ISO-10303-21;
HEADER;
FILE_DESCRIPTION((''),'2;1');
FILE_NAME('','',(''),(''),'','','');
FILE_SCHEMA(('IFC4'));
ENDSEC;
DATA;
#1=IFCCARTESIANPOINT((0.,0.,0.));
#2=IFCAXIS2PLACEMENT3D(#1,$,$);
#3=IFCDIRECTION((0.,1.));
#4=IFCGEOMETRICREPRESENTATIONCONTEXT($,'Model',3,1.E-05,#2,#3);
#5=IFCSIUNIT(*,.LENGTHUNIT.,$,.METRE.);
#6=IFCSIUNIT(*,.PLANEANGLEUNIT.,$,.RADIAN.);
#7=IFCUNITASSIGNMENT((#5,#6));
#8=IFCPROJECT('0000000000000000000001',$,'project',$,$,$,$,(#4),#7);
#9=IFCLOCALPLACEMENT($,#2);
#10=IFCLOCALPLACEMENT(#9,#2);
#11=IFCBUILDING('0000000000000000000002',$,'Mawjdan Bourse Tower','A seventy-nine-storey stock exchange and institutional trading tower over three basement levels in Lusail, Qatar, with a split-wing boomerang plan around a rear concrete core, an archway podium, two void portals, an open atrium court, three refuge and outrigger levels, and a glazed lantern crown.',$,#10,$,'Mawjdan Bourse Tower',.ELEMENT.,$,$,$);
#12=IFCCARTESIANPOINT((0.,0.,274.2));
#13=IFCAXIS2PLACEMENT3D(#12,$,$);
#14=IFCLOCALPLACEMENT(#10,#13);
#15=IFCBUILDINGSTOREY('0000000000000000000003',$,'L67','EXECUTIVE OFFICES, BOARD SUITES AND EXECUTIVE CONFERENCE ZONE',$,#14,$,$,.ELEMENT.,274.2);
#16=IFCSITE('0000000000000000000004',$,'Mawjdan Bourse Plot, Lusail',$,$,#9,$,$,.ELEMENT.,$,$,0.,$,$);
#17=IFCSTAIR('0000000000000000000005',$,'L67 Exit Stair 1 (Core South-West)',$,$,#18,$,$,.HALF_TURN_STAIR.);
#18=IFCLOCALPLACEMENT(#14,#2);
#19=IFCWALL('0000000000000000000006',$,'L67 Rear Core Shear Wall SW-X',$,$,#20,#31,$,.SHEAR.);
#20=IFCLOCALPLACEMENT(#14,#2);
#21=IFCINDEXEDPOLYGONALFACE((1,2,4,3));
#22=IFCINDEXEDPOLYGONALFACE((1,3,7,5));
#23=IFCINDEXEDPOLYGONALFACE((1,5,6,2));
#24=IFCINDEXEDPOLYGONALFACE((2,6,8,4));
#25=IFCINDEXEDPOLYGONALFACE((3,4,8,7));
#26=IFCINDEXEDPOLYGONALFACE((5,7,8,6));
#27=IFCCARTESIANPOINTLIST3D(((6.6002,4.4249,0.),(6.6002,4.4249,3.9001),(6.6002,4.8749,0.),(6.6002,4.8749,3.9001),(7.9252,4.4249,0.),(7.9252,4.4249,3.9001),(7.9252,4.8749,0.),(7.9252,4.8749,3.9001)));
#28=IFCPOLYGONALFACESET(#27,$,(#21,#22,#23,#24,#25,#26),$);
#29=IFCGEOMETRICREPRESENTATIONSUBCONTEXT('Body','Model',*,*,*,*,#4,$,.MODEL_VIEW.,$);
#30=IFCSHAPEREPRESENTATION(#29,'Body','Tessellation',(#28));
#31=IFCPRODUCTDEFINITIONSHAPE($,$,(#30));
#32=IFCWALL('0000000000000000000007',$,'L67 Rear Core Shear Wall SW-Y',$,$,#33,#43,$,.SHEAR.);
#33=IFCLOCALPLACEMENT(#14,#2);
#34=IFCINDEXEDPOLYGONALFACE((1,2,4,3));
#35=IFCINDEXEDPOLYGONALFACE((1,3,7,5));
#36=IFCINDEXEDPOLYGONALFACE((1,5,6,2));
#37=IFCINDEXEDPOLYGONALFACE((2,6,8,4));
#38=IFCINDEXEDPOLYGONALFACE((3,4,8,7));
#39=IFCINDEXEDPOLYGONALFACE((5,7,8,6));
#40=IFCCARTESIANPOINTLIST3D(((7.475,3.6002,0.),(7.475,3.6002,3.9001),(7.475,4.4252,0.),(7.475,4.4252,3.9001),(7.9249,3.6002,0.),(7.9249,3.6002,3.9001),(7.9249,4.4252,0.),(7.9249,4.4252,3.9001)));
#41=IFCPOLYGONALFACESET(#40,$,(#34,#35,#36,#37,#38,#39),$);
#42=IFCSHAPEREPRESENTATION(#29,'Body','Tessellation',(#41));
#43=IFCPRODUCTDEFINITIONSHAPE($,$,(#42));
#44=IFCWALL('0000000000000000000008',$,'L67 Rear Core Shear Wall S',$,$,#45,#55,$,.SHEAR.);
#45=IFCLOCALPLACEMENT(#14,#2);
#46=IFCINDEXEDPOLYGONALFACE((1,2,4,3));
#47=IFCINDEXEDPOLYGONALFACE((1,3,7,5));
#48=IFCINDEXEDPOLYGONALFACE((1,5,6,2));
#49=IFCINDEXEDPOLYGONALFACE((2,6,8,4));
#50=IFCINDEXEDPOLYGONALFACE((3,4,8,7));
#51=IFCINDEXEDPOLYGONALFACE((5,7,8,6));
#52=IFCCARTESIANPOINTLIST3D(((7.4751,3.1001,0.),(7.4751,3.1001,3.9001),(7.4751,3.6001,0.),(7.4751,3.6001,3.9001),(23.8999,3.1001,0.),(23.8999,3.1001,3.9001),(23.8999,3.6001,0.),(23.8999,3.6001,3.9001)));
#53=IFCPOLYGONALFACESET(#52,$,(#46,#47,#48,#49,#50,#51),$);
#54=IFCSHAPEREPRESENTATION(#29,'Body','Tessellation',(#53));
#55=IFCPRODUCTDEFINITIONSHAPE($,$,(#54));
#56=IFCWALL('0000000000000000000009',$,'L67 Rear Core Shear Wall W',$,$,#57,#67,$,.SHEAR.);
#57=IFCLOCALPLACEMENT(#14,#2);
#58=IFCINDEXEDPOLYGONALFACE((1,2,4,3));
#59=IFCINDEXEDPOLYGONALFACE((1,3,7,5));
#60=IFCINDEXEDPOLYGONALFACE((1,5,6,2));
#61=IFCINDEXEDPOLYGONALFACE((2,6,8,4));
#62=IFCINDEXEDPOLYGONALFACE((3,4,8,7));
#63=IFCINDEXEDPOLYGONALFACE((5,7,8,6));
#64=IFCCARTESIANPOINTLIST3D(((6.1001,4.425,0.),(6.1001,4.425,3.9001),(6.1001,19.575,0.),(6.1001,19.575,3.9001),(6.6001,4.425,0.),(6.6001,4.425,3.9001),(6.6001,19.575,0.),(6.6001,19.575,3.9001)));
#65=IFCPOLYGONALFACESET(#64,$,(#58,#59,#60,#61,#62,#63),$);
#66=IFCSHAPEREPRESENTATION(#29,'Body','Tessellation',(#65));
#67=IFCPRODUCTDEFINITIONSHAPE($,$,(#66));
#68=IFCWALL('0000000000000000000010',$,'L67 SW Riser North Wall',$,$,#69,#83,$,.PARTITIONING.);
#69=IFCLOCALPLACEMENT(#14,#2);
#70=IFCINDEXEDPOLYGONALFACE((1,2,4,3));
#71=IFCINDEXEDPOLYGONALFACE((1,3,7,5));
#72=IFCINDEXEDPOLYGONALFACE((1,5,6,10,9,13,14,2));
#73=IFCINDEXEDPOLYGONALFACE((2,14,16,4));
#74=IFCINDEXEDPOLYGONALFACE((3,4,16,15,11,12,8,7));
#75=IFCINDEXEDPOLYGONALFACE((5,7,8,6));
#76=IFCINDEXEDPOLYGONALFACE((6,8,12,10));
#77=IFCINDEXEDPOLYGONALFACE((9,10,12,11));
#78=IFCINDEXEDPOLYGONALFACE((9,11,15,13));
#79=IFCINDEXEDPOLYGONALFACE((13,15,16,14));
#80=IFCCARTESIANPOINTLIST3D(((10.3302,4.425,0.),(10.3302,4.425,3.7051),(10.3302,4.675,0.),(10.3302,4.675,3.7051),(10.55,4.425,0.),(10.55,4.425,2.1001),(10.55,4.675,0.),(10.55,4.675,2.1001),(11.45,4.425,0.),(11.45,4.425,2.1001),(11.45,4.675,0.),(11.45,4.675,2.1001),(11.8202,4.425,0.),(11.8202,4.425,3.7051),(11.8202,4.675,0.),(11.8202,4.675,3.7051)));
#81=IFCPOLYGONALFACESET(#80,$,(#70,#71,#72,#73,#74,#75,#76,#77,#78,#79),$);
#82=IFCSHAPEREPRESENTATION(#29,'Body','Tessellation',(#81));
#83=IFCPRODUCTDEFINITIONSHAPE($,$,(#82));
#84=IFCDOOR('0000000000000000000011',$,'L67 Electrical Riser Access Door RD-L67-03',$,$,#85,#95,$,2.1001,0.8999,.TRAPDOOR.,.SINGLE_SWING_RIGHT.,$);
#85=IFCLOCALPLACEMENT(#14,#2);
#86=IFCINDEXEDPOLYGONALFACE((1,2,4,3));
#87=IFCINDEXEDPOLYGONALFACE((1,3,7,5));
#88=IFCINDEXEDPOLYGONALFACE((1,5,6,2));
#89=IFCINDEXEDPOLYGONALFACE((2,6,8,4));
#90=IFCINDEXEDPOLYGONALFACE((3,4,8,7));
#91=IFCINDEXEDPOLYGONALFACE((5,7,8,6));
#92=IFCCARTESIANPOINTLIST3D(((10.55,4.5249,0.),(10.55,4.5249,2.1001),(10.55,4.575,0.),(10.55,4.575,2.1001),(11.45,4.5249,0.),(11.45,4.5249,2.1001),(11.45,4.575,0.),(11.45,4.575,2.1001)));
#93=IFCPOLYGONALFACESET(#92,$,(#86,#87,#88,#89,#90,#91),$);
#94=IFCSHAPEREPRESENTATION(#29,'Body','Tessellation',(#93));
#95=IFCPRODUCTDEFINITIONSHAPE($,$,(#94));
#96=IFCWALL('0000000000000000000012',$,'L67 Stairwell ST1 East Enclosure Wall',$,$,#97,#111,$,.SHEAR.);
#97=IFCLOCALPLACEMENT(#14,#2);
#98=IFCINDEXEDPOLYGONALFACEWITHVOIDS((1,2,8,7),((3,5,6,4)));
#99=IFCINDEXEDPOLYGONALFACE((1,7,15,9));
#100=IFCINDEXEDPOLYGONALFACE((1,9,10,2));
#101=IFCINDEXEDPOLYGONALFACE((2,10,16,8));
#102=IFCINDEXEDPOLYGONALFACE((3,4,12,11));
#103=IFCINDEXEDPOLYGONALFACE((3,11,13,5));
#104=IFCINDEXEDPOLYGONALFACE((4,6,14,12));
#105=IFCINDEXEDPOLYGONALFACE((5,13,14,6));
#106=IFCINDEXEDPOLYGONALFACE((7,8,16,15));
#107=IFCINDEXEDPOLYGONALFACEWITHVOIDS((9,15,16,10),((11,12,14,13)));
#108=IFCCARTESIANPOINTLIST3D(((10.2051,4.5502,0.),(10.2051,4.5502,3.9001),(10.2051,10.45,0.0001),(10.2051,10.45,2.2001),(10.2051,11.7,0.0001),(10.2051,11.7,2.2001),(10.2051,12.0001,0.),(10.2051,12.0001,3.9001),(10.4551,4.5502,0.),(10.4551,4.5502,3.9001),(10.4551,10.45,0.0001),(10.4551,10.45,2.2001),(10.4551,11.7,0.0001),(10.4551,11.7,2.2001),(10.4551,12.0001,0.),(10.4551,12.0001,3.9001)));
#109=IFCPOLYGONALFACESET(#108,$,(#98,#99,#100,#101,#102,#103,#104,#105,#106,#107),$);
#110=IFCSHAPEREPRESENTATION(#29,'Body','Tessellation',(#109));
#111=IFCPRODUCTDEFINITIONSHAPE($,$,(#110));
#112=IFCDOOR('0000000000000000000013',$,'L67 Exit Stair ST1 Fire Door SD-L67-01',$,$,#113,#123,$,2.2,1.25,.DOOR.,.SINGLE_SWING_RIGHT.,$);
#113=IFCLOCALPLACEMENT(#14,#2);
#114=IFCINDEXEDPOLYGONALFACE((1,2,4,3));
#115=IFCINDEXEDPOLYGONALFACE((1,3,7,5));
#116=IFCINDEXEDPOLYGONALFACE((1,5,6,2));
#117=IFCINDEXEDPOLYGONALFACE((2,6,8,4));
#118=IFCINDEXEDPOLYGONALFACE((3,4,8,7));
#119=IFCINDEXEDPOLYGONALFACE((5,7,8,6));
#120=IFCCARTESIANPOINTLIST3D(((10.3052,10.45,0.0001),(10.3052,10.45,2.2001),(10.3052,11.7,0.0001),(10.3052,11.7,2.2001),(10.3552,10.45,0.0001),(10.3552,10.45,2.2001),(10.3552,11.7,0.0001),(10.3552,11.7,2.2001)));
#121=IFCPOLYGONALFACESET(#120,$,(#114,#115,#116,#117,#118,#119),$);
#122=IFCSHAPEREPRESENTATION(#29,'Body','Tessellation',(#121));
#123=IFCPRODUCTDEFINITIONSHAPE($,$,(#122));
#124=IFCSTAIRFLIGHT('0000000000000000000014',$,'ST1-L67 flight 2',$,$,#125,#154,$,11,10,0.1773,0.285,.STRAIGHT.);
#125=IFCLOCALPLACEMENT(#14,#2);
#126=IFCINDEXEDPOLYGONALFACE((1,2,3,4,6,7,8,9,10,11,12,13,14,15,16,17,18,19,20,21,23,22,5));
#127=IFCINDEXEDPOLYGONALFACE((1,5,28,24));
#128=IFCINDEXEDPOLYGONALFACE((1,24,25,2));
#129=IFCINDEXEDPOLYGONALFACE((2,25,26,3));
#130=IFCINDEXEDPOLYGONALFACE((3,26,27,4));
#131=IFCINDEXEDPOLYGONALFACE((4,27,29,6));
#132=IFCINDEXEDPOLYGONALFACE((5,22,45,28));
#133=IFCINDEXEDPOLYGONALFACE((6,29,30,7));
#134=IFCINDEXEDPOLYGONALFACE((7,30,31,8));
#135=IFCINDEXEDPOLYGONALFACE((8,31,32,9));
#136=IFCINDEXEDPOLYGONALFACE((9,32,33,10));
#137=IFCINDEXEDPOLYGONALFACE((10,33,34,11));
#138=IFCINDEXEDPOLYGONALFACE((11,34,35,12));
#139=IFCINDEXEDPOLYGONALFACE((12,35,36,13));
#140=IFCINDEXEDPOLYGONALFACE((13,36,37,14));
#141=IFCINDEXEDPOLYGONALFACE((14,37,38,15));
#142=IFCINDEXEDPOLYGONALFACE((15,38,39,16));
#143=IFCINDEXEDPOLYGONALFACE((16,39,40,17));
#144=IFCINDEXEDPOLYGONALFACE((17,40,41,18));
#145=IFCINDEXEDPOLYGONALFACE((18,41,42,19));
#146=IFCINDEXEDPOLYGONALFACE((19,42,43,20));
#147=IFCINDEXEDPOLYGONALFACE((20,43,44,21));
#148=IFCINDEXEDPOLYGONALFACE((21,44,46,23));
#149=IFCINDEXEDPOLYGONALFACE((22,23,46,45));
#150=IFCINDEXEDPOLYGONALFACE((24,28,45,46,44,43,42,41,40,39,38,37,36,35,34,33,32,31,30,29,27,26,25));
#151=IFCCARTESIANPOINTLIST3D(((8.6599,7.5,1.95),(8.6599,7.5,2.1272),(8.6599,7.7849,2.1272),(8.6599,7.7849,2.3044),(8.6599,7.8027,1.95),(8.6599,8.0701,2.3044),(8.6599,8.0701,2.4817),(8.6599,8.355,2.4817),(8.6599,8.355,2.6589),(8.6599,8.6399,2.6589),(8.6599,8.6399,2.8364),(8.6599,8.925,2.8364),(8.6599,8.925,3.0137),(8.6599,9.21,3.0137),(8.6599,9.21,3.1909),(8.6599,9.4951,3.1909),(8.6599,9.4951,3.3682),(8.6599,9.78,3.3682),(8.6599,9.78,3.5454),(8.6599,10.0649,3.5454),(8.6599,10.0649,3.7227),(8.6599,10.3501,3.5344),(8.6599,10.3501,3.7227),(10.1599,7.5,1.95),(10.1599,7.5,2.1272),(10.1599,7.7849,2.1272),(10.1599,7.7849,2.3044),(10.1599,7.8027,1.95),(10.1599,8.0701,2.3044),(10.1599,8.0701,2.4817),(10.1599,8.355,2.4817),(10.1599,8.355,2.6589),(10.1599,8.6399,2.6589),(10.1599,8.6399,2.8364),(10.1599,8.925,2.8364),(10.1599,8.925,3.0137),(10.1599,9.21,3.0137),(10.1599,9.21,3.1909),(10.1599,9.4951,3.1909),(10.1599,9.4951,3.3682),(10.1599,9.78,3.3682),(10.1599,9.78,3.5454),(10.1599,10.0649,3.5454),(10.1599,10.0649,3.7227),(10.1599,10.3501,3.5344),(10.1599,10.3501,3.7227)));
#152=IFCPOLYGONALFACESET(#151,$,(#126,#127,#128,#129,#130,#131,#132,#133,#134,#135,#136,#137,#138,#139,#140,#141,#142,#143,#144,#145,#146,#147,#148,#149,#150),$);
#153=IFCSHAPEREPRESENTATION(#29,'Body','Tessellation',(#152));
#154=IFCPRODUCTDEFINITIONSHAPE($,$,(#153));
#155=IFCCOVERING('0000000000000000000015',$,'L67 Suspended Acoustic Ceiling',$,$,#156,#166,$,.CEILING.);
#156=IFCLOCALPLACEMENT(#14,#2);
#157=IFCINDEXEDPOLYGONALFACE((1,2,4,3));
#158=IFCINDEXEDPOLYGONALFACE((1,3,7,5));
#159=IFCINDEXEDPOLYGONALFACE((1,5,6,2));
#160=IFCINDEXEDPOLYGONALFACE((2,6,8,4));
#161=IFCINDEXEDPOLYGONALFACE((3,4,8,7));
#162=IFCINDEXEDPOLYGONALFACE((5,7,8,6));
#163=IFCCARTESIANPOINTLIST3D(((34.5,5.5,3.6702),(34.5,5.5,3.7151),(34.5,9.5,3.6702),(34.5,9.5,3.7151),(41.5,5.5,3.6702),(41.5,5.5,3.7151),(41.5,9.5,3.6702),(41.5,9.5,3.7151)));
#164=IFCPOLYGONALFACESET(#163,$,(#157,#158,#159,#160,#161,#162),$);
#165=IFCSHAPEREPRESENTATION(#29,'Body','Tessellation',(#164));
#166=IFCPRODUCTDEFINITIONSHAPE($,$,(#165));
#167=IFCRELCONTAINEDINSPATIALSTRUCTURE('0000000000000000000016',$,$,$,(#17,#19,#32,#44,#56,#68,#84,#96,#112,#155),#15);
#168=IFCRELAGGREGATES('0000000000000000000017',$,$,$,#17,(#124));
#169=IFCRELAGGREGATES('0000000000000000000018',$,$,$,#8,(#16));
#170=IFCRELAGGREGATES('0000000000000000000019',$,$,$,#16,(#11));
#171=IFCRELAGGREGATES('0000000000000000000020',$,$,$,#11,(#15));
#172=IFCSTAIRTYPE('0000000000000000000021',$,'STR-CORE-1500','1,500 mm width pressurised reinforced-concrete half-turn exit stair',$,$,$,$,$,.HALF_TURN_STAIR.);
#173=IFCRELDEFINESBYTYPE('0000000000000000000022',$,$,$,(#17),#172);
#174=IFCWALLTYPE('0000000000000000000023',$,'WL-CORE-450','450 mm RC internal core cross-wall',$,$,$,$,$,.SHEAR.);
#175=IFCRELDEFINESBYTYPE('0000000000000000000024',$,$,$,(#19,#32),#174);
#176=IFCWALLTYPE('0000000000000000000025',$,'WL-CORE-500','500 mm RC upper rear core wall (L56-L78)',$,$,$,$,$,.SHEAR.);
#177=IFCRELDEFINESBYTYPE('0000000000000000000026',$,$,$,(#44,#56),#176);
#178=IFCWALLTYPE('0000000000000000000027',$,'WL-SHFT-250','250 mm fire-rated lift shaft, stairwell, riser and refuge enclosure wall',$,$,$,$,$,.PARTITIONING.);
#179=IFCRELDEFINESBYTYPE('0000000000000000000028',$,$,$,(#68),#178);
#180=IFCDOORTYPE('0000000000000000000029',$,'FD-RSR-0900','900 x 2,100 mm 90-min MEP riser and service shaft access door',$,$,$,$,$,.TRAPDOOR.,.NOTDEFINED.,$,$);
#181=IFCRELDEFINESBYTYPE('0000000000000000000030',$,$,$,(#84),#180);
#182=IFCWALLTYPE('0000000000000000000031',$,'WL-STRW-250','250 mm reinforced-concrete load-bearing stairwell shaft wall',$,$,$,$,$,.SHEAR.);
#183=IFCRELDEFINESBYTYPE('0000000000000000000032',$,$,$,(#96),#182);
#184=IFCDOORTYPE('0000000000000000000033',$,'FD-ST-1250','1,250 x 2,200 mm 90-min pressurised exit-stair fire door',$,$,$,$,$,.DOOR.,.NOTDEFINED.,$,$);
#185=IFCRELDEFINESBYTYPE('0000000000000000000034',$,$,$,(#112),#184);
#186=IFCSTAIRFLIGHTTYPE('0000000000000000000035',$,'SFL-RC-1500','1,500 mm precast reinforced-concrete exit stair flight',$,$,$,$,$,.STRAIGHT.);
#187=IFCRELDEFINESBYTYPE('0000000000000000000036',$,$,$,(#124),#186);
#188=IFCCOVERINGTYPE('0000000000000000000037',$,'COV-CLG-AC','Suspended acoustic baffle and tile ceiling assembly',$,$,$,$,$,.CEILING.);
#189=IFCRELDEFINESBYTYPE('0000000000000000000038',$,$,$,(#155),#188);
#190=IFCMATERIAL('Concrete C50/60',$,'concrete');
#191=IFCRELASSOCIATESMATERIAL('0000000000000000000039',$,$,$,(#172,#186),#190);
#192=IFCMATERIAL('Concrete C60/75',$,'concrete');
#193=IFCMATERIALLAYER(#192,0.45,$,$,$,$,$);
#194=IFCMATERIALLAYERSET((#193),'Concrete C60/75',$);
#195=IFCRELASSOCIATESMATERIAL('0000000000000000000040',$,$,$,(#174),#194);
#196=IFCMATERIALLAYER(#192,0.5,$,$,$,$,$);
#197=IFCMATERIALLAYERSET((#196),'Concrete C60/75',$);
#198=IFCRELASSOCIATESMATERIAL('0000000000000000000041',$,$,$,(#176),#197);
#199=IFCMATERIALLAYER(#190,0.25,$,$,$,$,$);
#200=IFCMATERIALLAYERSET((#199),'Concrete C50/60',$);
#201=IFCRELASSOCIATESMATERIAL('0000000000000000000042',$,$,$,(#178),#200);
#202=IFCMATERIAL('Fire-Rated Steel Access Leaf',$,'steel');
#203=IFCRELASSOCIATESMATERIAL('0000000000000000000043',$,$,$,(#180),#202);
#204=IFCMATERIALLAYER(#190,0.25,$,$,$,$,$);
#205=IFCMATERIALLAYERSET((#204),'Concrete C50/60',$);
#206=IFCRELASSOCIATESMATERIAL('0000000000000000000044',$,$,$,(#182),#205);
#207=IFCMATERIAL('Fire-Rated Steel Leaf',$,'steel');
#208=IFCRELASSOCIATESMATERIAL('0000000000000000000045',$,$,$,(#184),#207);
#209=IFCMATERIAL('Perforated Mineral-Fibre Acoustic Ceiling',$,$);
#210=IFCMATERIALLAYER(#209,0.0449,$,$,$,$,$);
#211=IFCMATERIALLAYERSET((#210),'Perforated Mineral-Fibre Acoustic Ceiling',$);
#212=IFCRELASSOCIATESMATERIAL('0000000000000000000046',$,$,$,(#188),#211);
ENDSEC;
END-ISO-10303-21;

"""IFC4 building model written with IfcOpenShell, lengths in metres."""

from ifc_helpers import new_model, si_unit, direction, frame, frame_2d, origin, place, context, subcontext, project, spatial, polyline, rectangle, outline, extrude, material, layer, layer_set, type_object, element, fill, aggregate, save


model = new_model("IFC4")

# Units and contexts
model_context = context("Model", 3, precision=1e-05, world=origin(), true_north=direction((0.0, 1.0)))
body_context = subcontext(model_context, "Body", "Model", "MODEL_VIEW")
ifc_project = project(units=[si_unit("LENGTHUNIT", "METRE"), si_unit("PLANEANGLEUNIT", "RADIAN")], contexts=[model_context])

# Site, building, storey
site_placement = place(None, origin())
site = spatial("IfcSite", under=ifc_project, at=site_placement, Name="Mawjdan Bourse Plot, Lusail", CompositionType="ELEMENT", RefElevation=0.0)
building_placement = place(site_placement, origin())
building = spatial("IfcBuilding", under=site, at=building_placement, Name="Mawjdan Bourse Tower", Description="A seventy-nine-storey stock exchange and institutional trading tower over three basement levels in Lusail, Qatar, with a split-wing boomerang plan around a rear concrete core, an archway podium, two void portals, an open atrium court, three refuge and outrigger levels, and a glazed lantern crown.", LongName="Mawjdan Bourse Tower", CompositionType="ELEMENT")
storey_placement = place(building_placement, frame((0.0, 0.0, 274.2)))
storey = spatial("IfcBuildingStorey", under=building, at=storey_placement, Name="L67", Description="EXECUTIVE OFFICES, BOARD SUITES AND EXECUTIVE CONFERENCE ZONE", CompositionType="ELEMENT", Elevation=274.2)

# Stair
ifc_material_1 = material(Name="Concrete C50/60", Category="concrete")
stair_type = type_object("IfcStairType", Name="STR-CORE-1500", Description="1,500 mm width pressurised reinforced-concrete half-turn exit stair", PredefinedType="HALF_TURN_STAIR", material=ifc_material_1)
stair_1_placement = place(storey_placement, origin())
stair_1 = element("IfcStair", 1, at=stair_1_placement, inside=storey, type_object=stair_type, Name="L67 Exit Stair 1 (Core South-West)", PredefinedType="HALF_TURN_STAIR")

# Walls
ifc_material_2 = material(Name="Concrete C60/75", Category="concrete")
ifc_layer_1 = layer(ifc_material_2, 0.45)
ifc_layer_set_1 = layer_set([ifc_layer_1], Name="Concrete C60/75")
wall_type_1 = type_object("IfcWallType", Name="WL-CORE-450", Description="450 mm RC internal core cross-wall", PredefinedType="SHEAR", material=ifc_layer_set_1)
wall_1_placement = place(storey_placement, frame((6.6001, 4.6499, 0.0), z_axis=(0.0, 0.0, 1.0), x_axis=(1.0, 0.0, 0.0)))
element("IfcWall", 2, at=wall_1_placement, inside=storey, type_object=wall_type_1, Name="L67 Rear Core Shear Wall SW-X", PredefinedType="SHEAR", context=body_context, shape_type="SweptSolid", body=[
    extrude(rectangle(XDim=1.325, YDim=0.45, at=frame_2d((0.6626, 0.0))), origin(), (0.0, 0.0, 1.0), 3.9001),
])
wall_2_placement = place(storey_placement, frame((7.7, 3.6001, 0.0), z_axis=(0.0, 0.0, 1.0), x_axis=(0.0, 1.0, 0.0)))
element("IfcWall", 3, at=wall_2_placement, inside=storey, type_object=wall_type_1, Name="L67 Rear Core Shear Wall SW-Y", PredefinedType="SHEAR", context=body_context, shape_type="SweptSolid", body=[
    extrude(rectangle(XDim=0.825, YDim=0.45, at=frame_2d((0.4126, 0.0))), origin(), (0.0, 0.0, 1.0), 3.9001),
])
ifc_layer_2 = layer(ifc_material_2, 0.5)
ifc_layer_set_2 = layer_set([ifc_layer_2], Name="Concrete C60/75")
wall_type_2 = type_object("IfcWallType", Name="WL-CORE-500", Description="500 mm RC upper rear core wall (L56-L78)", PredefinedType="SHEAR", material=ifc_layer_set_2)
wall_3_placement = place(storey_placement, frame((7.4751, 3.3501, 0.0), z_axis=(0.0, 0.0, 1.0), x_axis=(1.0, 0.0, 0.0)))
element("IfcWall", 4, at=wall_3_placement, inside=storey, type_object=wall_type_2, Name="L67 Rear Core Shear Wall S", PredefinedType="SHEAR", context=body_context, shape_type="SweptSolid", body=[
    extrude(rectangle(XDim=16.4248, YDim=0.5, at=frame_2d((8.2124, 0.0))), origin(), (0.0, 0.0, 1.0), 3.9001),
])
wall_4_placement = place(storey_placement, frame((6.3501, 4.425, 0.0), z_axis=(0.0, 0.0, 1.0), x_axis=(0.0, 1.0, 0.0)))
element("IfcWall", 5, at=wall_4_placement, inside=storey, type_object=wall_type_2, Name="L67 Rear Core Shear Wall W", PredefinedType="SHEAR", context=body_context, shape_type="SweptSolid", body=[
    extrude(rectangle(XDim=15.1499, YDim=0.5, at=frame_2d((7.575, 0.0))), origin(), (0.0, 0.0, 1.0), 3.9001),
])

# Wall, opening, door
ifc_layer_3 = layer(ifc_material_1, 0.25)
ifc_layer_set_3 = layer_set([ifc_layer_3], Name="Concrete C50/60")
wall_type_3 = type_object("IfcWallType", Name="WL-SHFT-250", Description="250 mm fire-rated lift shaft, stairwell, riser and refuge enclosure wall", PredefinedType="PARTITIONING", material=ifc_layer_set_3)
wall_5_placement = place(storey_placement, frame((10.3301, 4.55, 0.0), z_axis=(0.0, 0.0, 1.0), x_axis=(1.0, 0.0, 0.0)))
wall_5 = element("IfcWall", 6, at=wall_5_placement, inside=storey, type_object=wall_type_3, Name="L67 SW Riser North Wall", PredefinedType="PARTITIONING", context=body_context, shape_type="SweptSolid", body=[
    extrude(rectangle(XDim=1.49, YDim=0.25, at=frame_2d((0.7451, 0.0))), origin(), (0.0, 0.0, 1.0), 3.7051),
])
opening_1_placement = place(wall_5_placement, frame((0.22, 0.0, 0.0)))
opening_1 = element("IfcOpeningElement", 7, at=opening_1_placement, cuts=wall_5, PredefinedType="OPENING", context=body_context, shape_type="SweptSolid", body=[
    extrude(rectangle(XDim=0.8999, YDim=2.1001, at=frame_2d((0.45, 1.05))), frame((0.0, 0.135, 0.0), z_axis=(0.0, -1.0, 0.0), x_axis=(1.0, 0.0, 0.0)), (0.0, 0.0, 1.0), 0.27),
])
ifc_material_3 = material(Name="Fire-Rated Steel Access Leaf", Category="steel")
door_type_1 = type_object("IfcDoorType", Name="FD-RSR-0900", Description="900 x 2,100 mm 90-min MEP riser and service shaft access door", OperationType="NOTDEFINED", PredefinedType="TRAPDOOR", material=ifc_material_3)
door_1_placement = place(opening_1_placement, origin())
door_1 = element("IfcDoor", 8, at=door_1_placement, inside=storey, type_object=door_type_1, Name="L67 Electrical Riser Access Door RD-L67-03", OperationType="SINGLE_SWING_RIGHT", OverallHeight=2.1001, OverallWidth=0.8999, PredefinedType="TRAPDOOR", context=body_context, shape_type="SweptSolid", body=[
    extrude(rectangle(XDim=0.8999, YDim=2.1001, at=frame_2d((0.45, 1.05))), frame((0.0, 0.0249, 0.0), z_axis=(0.0, -1.0, 0.0), x_axis=(1.0, 0.0, 0.0)), (0.0, 0.0, 1.0), 0.05),
])
fill(opening_1, door_1)

# Shared definitions
ifc_layer_4 = layer(ifc_material_1, 0.25)
ifc_layer_set_4 = layer_set([ifc_layer_4], Name="Concrete C50/60")
wall_type_4 = type_object("IfcWallType", Name="WL-STRW-250", Description="250 mm reinforced-concrete load-bearing stairwell shaft wall", PredefinedType="SHEAR", material=ifc_layer_set_4)

# Wall, opening, door
wall_6_placement = place(storey_placement, frame((10.3301, 4.55, 0.0), z_axis=(0.0, 0.0, 1.0), x_axis=(0.0, 1.0, 0.0)))
wall_6 = element("IfcWall", 9, at=wall_6_placement, inside=storey, type_object=wall_type_4, Name="L67 Stairwell ST1 East Enclosure Wall", PredefinedType="SHEAR", context=body_context, shape_type="SweptSolid", body=[
    extrude(rectangle(XDim=7.45, YDim=0.25, at=frame_2d((3.7251, 0.0))), origin(), (0.0, 0.0, 1.0), 3.9001),
])
opening_2_placement = place(wall_6_placement, frame((5.8999, 0.0, 0.0)))
opening_2 = element("IfcOpeningElement", 10, at=opening_2_placement, cuts=wall_6, PredefinedType="OPENING", context=body_context, shape_type="SweptSolid", body=[
    extrude(rectangle(XDim=1.25, YDim=2.2, at=frame_2d((0.625, 1.1001))), frame((0.0, 0.135, 0.0), z_axis=(0.0, -1.0, 0.0), x_axis=(1.0, 0.0, 0.0)), (0.0, 0.0, 1.0), 0.27),
])
ifc_material_4 = material(Name="Fire-Rated Steel Leaf", Category="steel")
door_type_2 = type_object("IfcDoorType", Name="FD-ST-1250", Description="1,250 x 2,200 mm 90-min pressurised exit-stair fire door", OperationType="NOTDEFINED", PredefinedType="DOOR", material=ifc_material_4)
door_2_placement = place(opening_2_placement, origin())
door_2 = element("IfcDoor", 11, at=door_2_placement, inside=storey, type_object=door_type_2, Name="L67 Exit Stair ST1 Fire Door SD-L67-01", OperationType="SINGLE_SWING_RIGHT", OverallHeight=2.2, OverallWidth=1.25, PredefinedType="DOOR", context=body_context, shape_type="SweptSolid", body=[
    extrude(rectangle(XDim=1.25, YDim=2.2, at=frame_2d((0.625, 1.1001))), frame((0.0, 0.0249, 0.0), z_axis=(0.0, -1.0, 0.0), x_axis=(1.0, 0.0, 0.0)), (0.0, 0.0, 1.0), 0.05),
])
fill(opening_2, door_2)

# Stair flight
stair_flight_type = type_object("IfcStairFlightType", Name="SFL-RC-1500", Description="1,500 mm precast reinforced-concrete exit stair flight", PredefinedType="STRAIGHT", material=ifc_material_1)
stair_flight_placement = place(storey_placement, frame((9.4099, 7.5, 1.95), z_axis=(0.0, 0.0, 1.0), x_axis=(0.0, 1.0, 0.0)))
stair_flight = element("IfcStairFlight", 12, at=stair_flight_placement, type_object=stair_flight_type, Name="ST1-L67 flight 2", NumberOfRisers=11, NumberOfTreads=10, PredefinedType="STRAIGHT", RiserHeight=0.1773, TreadLength=0.285, context=body_context, shape_type="SweptSolid", body=[
    extrude(outline(polyline([(0.0, 0.0), (0.0, 0.1772), (0.2849, 0.1772), (0.2849, 0.3545), (0.5701, 0.3545), (0.5701, 0.5317), (0.855, 0.5317), (0.855, 0.709), (1.1399, 0.709), (1.1399, 0.8865), (1.425, 0.8865), (1.425, 1.0637), (1.71, 1.0637), (1.71, 1.241), (1.9951, 1.241), (1.9951, 1.4182), (2.28, 1.4182), (2.28, 1.5955), (2.5649, 1.5955), (2.5649, 1.7727), (2.8501, 1.7727), (2.8501, 1.95), (2.8501, 1.5845), (0.3027, 0.0), (0.0, 0.0)])), frame((0.0, 0.75, 0.0), z_axis=(0.0, -1.0, 0.0), x_axis=(1.0, 0.0, 0.0)), (0.0, 0.0, 1.0), 1.5),
])
aggregate(stair_1, [stair_flight])

# Covering
ifc_material_5 = material(Name="Perforated Mineral-Fibre Acoustic Ceiling")
ifc_layer_5 = layer(ifc_material_5, 0.0449)
ifc_layer_set_5 = layer_set([ifc_layer_5], Name="Perforated Mineral-Fibre Acoustic Ceiling")
covering_type = type_object("IfcCoveringType", Name="COV-CLG-AC", Description="Suspended acoustic baffle and tile ceiling assembly", PredefinedType="CEILING", material=ifc_layer_set_5)
covering_placement = place(storey_placement, frame((0.0, 0.0, 3.6702)))
element("IfcCovering", 13, at=covering_placement, inside=storey, type_object=covering_type, Name="L67 Suspended Acoustic Ceiling", PredefinedType="CEILING", context=body_context, shape_type="SweptSolid", body=[
    extrude(outline(polyline([(34.5, 5.5), (41.5, 5.5), (41.5, 9.5), (34.5, 9.5), (34.5, 5.5)])), origin(), (0.0, 0.0, 1.0), 0.0449),
])

save(model, "model.ifc")
